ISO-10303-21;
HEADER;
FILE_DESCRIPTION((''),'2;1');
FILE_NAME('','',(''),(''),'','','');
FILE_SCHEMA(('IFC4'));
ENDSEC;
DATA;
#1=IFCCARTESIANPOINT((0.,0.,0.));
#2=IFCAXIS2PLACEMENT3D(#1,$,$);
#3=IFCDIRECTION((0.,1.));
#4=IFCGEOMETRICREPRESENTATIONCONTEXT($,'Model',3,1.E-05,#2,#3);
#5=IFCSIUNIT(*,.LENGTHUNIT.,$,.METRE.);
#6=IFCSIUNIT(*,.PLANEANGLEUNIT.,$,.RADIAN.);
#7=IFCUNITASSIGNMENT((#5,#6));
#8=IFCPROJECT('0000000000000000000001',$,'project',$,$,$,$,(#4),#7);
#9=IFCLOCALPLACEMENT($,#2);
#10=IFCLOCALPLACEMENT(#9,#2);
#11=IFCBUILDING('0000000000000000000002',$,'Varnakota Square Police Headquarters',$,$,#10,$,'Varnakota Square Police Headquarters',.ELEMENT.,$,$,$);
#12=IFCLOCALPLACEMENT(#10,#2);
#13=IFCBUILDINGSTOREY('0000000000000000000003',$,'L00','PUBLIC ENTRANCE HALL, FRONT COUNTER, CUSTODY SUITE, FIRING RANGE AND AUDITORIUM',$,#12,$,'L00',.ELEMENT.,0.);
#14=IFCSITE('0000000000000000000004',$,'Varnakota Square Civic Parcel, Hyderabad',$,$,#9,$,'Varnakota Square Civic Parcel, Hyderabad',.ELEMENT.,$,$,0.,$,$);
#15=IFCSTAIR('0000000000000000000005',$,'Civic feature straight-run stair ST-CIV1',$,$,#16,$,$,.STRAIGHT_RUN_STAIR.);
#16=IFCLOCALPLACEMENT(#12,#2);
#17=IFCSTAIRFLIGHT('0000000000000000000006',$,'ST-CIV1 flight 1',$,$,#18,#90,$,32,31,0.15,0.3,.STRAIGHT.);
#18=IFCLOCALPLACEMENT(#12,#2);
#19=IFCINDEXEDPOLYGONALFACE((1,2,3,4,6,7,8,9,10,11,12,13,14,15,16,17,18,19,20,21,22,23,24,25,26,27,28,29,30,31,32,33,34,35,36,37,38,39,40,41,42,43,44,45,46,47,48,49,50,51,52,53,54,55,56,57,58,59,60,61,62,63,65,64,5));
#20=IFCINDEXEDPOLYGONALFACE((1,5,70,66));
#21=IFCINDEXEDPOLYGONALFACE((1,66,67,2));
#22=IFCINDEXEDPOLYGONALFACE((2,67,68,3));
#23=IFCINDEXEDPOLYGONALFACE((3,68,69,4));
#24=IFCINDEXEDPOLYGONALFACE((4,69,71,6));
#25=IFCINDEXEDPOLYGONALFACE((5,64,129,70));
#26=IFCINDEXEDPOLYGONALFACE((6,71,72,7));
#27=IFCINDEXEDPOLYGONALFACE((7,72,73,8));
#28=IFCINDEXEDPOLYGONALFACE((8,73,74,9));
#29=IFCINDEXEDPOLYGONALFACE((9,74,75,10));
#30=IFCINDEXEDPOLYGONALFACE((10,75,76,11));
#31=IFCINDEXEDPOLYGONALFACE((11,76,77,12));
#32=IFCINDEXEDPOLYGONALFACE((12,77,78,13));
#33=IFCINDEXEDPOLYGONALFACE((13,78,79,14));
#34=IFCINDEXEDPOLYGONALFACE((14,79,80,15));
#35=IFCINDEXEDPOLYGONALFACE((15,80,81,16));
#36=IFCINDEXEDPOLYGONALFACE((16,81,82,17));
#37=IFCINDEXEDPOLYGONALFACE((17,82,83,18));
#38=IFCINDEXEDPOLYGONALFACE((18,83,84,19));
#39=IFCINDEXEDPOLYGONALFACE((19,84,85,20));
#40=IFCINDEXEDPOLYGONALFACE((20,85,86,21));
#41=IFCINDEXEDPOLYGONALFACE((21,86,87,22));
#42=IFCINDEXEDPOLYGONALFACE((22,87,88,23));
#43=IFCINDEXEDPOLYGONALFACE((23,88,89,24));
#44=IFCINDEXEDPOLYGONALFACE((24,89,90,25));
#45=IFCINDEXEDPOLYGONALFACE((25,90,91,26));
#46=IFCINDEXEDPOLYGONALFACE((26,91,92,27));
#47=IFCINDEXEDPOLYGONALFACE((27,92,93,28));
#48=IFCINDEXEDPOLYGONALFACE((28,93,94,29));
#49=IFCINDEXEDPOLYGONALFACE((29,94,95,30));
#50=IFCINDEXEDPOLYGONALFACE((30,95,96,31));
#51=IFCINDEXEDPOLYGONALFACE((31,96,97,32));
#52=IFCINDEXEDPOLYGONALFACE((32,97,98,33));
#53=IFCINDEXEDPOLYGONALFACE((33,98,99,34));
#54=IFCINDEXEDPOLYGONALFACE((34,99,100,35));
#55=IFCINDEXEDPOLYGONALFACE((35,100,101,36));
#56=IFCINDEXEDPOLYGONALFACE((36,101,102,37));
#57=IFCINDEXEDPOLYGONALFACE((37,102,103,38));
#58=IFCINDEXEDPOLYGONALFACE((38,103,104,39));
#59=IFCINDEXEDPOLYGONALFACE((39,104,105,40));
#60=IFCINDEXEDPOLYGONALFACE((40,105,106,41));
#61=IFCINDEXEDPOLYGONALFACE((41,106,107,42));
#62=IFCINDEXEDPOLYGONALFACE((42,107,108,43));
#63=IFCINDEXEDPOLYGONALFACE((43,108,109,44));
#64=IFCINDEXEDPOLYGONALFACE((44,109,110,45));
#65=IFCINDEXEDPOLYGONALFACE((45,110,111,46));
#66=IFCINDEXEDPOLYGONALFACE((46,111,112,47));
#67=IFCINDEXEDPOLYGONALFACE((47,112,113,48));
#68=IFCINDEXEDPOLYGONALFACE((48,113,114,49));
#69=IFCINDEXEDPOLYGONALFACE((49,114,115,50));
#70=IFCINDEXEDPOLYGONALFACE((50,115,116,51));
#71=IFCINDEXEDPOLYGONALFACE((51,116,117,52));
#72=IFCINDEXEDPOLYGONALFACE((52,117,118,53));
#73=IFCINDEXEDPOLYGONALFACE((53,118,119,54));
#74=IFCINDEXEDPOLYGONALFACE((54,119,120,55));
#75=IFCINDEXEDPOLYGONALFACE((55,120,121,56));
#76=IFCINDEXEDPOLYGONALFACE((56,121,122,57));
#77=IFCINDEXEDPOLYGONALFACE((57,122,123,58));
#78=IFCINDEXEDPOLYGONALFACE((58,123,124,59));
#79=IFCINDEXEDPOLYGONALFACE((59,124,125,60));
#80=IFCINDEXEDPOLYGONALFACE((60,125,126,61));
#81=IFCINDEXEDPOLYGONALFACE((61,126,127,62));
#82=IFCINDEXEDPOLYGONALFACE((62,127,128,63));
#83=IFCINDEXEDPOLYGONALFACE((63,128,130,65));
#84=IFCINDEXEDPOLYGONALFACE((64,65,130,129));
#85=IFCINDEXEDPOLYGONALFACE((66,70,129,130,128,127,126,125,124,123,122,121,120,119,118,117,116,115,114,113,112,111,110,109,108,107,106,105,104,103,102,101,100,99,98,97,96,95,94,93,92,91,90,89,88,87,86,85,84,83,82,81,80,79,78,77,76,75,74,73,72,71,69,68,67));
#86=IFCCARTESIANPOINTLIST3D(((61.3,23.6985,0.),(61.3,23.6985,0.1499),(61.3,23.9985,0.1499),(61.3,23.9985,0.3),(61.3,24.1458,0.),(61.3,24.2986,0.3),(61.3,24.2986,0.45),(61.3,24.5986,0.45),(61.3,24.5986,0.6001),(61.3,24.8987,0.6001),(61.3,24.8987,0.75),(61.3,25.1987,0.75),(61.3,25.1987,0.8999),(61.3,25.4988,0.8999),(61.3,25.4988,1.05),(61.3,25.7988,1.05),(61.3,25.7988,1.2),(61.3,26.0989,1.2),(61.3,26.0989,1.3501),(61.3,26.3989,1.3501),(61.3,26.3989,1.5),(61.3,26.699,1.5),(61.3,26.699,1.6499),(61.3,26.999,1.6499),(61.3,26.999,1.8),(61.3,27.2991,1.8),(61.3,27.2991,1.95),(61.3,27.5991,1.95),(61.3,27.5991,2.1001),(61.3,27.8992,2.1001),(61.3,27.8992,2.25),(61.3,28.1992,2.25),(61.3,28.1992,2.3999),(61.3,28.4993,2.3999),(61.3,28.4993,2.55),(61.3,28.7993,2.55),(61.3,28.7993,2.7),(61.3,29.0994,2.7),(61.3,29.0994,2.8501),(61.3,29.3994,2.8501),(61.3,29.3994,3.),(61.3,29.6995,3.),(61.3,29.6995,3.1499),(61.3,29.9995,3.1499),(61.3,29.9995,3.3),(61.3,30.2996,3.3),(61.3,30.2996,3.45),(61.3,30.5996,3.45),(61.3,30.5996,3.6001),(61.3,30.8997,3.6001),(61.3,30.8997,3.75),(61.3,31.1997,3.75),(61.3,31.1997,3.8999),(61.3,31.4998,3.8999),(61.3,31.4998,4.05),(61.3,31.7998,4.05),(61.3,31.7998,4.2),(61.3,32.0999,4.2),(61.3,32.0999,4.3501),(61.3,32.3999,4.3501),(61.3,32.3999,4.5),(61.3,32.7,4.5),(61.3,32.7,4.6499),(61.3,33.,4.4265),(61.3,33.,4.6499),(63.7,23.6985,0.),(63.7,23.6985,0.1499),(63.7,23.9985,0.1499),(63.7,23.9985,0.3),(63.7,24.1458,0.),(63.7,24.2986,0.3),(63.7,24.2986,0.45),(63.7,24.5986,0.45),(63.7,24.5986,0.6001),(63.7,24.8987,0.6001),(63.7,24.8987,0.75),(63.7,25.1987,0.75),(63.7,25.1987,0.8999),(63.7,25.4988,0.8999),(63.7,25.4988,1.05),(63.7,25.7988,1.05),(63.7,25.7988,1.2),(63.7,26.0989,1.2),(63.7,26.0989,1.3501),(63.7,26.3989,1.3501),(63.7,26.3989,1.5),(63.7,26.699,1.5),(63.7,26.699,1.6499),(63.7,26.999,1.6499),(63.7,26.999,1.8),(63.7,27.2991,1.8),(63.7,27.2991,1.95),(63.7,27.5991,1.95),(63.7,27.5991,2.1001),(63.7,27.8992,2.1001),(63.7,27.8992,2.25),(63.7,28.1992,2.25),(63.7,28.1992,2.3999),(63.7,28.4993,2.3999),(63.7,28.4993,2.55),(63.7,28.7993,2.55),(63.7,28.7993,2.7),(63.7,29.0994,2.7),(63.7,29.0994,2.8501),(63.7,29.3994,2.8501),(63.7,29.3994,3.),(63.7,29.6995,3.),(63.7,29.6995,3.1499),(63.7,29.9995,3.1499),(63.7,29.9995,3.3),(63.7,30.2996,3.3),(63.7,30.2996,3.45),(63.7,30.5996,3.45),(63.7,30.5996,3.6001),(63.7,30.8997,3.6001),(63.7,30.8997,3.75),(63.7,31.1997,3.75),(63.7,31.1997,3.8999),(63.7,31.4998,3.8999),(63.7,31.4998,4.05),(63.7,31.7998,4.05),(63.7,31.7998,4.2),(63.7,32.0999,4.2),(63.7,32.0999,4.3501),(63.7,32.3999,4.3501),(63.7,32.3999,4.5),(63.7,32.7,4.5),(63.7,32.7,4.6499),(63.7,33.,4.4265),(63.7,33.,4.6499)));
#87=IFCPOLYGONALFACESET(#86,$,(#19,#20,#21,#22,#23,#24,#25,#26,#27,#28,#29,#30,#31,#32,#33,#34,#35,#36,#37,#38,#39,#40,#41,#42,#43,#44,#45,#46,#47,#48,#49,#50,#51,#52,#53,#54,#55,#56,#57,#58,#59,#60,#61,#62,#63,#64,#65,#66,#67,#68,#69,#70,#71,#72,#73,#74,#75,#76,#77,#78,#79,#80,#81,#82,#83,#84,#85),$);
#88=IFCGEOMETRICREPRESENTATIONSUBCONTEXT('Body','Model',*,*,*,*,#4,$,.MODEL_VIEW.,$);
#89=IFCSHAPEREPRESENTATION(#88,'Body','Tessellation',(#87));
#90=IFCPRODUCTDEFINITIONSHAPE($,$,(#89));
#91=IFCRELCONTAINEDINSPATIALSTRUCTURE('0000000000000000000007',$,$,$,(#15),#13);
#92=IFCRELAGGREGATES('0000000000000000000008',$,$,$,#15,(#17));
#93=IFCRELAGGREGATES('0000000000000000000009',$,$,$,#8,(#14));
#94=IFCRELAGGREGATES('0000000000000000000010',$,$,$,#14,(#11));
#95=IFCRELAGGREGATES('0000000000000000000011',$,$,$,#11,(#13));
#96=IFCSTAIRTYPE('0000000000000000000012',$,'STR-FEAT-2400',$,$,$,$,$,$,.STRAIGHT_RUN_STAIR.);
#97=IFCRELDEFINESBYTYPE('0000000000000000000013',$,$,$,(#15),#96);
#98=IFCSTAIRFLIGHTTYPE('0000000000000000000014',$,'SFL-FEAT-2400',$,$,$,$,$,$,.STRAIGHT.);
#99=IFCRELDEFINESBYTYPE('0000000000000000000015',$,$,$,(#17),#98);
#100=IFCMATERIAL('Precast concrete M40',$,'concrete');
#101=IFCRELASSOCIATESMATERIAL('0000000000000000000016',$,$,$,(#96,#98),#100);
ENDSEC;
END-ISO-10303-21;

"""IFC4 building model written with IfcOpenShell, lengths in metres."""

from ifc_helpers import new_model, si_unit, direction, frame, origin, place, context, subcontext, project, spatial, polyline, outline, extrude, material, type_object, element, aggregate, save


model = new_model("IFC4")

# Units and contexts
model_context = context("Model", 3, precision=1e-05, world=origin(), true_north=direction((0.0, 1.0)))
body_context = subcontext(model_context, "Body", "Model", "MODEL_VIEW")
ifc_project = project(units=[si_unit("LENGTHUNIT", "METRE"), si_unit("PLANEANGLEUNIT", "RADIAN")], contexts=[model_context])

# Site, building, storey
site_placement = place(None, origin())
site = spatial("IfcSite", under=ifc_project, at=site_placement, Name="Varnakota Square Civic Parcel, Hyderabad", LongName="Varnakota Square Civic Parcel, Hyderabad", CompositionType="ELEMENT", RefElevation=0.0)
building_placement = place(site_placement, origin())
building = spatial("IfcBuilding", under=site, at=building_placement, Name="Varnakota Square Police Headquarters", LongName="Varnakota Square Police Headquarters", CompositionType="ELEMENT")
storey_placement = place(building_placement, origin())
storey = spatial("IfcBuildingStorey", under=building, at=storey_placement, Name="L00", Description="PUBLIC ENTRANCE HALL, FRONT COUNTER, CUSTODY SUITE, FIRING RANGE AND AUDITORIUM", LongName="L00", CompositionType="ELEMENT", Elevation=0.0)

# Stair, stair flight
ifc_material_1 = material(Name="Precast concrete M40", Category="concrete")
stair_type = type_object("IfcStairType", Name="STR-FEAT-2400", PredefinedType="STRAIGHT_RUN_STAIR", material=ifc_material_1)
stair_placement = place(storey_placement, origin())
stair = element("IfcStair", 1, at=stair_placement, inside=storey, type_object=stair_type, Name="Civic feature straight-run stair ST-CIV1", PredefinedType="STRAIGHT_RUN_STAIR")
stair_flight_type = type_object("IfcStairFlightType", Name="SFL-FEAT-2400", PredefinedType="STRAIGHT", material=ifc_material_1)
stair_flight_placement = place(storey_placement, frame((62.5, 23.6985, 0.0), z_axis=(0.0, 0.0, 1.0), x_axis=(0.0, 1.0, 0.0)))
stair_flight = element("IfcStairFlight", 2, at=stair_flight_placement, type_object=stair_flight_type, Name="ST-CIV1 flight 1", NumberOfRisers=32, NumberOfTreads=31, PredefinedType="STRAIGHT", RiserHeight=0.15, TreadLength=0.3, context=body_context, shape_type="SweptSolid", body=[
    extrude(outline(polyline([(0.0, 0.0), (0.0, 0.1499), (0.3, 0.1499), (0.3, 0.3), (0.6001, 0.3), (0.6001, 0.45), (0.9001, 0.45), (0.9001, 0.6001), (1.2002, 0.6001), (1.2002, 0.75), (1.5002, 0.75), (1.5002, 0.8999), (1.8003, 0.8999), (1.8003, 1.05), (2.1003, 1.05), (2.1003, 1.2), (2.4004, 1.2), (2.4004, 1.3501), (2.7004, 1.3501), (2.7004, 1.5), (3.0005, 1.5), (3.0005, 1.6499), (3.3005, 1.6499), (3.3005, 1.8), (3.6006, 1.8), (3.6006, 1.95), (3.9006, 1.95), (3.9006, 2.1001), (4.2007, 2.1001), (4.2007, 2.25), (4.5007, 2.25), (4.5007, 2.3999), (4.8008, 2.3999), (4.8008, 2.55), (5.1008, 2.55), (5.1008, 2.7), (5.4009, 2.7), (5.4009, 2.8501), (5.7009, 2.8501), (5.7009, 3.0), (6.001, 3.0), (6.001, 3.1499), (6.301, 3.1499), (6.301, 3.3), (6.6011, 3.3), (6.6011, 3.45), (6.9011, 3.45), (6.9011, 3.6001), (7.2012, 3.6001), (7.2012, 3.75), (7.5012, 3.75), (7.5012, 3.8999), (7.8013, 3.8999), (7.8013, 4.05), (8.1013, 4.05), (8.1013, 4.2), (8.4014, 4.2), (8.4014, 4.3501), (8.7014, 4.3501), (8.7014, 4.5), (9.0015, 4.5), (9.0015, 4.6499), (9.3015, 4.6499), (9.3015, 4.8), (9.3015, 4.4265), (0.4473, 0.0), (0.0, 0.0)])), frame((0.0, 1.2, 0.0), z_axis=(0.0, -1.0, 0.0), x_axis=(1.0, 0.0, 0.0)), (0.0, 0.0, 1.0), 2.3999),
])
aggregate(stair, [stair_flight])

save(model, "model.ifc")
